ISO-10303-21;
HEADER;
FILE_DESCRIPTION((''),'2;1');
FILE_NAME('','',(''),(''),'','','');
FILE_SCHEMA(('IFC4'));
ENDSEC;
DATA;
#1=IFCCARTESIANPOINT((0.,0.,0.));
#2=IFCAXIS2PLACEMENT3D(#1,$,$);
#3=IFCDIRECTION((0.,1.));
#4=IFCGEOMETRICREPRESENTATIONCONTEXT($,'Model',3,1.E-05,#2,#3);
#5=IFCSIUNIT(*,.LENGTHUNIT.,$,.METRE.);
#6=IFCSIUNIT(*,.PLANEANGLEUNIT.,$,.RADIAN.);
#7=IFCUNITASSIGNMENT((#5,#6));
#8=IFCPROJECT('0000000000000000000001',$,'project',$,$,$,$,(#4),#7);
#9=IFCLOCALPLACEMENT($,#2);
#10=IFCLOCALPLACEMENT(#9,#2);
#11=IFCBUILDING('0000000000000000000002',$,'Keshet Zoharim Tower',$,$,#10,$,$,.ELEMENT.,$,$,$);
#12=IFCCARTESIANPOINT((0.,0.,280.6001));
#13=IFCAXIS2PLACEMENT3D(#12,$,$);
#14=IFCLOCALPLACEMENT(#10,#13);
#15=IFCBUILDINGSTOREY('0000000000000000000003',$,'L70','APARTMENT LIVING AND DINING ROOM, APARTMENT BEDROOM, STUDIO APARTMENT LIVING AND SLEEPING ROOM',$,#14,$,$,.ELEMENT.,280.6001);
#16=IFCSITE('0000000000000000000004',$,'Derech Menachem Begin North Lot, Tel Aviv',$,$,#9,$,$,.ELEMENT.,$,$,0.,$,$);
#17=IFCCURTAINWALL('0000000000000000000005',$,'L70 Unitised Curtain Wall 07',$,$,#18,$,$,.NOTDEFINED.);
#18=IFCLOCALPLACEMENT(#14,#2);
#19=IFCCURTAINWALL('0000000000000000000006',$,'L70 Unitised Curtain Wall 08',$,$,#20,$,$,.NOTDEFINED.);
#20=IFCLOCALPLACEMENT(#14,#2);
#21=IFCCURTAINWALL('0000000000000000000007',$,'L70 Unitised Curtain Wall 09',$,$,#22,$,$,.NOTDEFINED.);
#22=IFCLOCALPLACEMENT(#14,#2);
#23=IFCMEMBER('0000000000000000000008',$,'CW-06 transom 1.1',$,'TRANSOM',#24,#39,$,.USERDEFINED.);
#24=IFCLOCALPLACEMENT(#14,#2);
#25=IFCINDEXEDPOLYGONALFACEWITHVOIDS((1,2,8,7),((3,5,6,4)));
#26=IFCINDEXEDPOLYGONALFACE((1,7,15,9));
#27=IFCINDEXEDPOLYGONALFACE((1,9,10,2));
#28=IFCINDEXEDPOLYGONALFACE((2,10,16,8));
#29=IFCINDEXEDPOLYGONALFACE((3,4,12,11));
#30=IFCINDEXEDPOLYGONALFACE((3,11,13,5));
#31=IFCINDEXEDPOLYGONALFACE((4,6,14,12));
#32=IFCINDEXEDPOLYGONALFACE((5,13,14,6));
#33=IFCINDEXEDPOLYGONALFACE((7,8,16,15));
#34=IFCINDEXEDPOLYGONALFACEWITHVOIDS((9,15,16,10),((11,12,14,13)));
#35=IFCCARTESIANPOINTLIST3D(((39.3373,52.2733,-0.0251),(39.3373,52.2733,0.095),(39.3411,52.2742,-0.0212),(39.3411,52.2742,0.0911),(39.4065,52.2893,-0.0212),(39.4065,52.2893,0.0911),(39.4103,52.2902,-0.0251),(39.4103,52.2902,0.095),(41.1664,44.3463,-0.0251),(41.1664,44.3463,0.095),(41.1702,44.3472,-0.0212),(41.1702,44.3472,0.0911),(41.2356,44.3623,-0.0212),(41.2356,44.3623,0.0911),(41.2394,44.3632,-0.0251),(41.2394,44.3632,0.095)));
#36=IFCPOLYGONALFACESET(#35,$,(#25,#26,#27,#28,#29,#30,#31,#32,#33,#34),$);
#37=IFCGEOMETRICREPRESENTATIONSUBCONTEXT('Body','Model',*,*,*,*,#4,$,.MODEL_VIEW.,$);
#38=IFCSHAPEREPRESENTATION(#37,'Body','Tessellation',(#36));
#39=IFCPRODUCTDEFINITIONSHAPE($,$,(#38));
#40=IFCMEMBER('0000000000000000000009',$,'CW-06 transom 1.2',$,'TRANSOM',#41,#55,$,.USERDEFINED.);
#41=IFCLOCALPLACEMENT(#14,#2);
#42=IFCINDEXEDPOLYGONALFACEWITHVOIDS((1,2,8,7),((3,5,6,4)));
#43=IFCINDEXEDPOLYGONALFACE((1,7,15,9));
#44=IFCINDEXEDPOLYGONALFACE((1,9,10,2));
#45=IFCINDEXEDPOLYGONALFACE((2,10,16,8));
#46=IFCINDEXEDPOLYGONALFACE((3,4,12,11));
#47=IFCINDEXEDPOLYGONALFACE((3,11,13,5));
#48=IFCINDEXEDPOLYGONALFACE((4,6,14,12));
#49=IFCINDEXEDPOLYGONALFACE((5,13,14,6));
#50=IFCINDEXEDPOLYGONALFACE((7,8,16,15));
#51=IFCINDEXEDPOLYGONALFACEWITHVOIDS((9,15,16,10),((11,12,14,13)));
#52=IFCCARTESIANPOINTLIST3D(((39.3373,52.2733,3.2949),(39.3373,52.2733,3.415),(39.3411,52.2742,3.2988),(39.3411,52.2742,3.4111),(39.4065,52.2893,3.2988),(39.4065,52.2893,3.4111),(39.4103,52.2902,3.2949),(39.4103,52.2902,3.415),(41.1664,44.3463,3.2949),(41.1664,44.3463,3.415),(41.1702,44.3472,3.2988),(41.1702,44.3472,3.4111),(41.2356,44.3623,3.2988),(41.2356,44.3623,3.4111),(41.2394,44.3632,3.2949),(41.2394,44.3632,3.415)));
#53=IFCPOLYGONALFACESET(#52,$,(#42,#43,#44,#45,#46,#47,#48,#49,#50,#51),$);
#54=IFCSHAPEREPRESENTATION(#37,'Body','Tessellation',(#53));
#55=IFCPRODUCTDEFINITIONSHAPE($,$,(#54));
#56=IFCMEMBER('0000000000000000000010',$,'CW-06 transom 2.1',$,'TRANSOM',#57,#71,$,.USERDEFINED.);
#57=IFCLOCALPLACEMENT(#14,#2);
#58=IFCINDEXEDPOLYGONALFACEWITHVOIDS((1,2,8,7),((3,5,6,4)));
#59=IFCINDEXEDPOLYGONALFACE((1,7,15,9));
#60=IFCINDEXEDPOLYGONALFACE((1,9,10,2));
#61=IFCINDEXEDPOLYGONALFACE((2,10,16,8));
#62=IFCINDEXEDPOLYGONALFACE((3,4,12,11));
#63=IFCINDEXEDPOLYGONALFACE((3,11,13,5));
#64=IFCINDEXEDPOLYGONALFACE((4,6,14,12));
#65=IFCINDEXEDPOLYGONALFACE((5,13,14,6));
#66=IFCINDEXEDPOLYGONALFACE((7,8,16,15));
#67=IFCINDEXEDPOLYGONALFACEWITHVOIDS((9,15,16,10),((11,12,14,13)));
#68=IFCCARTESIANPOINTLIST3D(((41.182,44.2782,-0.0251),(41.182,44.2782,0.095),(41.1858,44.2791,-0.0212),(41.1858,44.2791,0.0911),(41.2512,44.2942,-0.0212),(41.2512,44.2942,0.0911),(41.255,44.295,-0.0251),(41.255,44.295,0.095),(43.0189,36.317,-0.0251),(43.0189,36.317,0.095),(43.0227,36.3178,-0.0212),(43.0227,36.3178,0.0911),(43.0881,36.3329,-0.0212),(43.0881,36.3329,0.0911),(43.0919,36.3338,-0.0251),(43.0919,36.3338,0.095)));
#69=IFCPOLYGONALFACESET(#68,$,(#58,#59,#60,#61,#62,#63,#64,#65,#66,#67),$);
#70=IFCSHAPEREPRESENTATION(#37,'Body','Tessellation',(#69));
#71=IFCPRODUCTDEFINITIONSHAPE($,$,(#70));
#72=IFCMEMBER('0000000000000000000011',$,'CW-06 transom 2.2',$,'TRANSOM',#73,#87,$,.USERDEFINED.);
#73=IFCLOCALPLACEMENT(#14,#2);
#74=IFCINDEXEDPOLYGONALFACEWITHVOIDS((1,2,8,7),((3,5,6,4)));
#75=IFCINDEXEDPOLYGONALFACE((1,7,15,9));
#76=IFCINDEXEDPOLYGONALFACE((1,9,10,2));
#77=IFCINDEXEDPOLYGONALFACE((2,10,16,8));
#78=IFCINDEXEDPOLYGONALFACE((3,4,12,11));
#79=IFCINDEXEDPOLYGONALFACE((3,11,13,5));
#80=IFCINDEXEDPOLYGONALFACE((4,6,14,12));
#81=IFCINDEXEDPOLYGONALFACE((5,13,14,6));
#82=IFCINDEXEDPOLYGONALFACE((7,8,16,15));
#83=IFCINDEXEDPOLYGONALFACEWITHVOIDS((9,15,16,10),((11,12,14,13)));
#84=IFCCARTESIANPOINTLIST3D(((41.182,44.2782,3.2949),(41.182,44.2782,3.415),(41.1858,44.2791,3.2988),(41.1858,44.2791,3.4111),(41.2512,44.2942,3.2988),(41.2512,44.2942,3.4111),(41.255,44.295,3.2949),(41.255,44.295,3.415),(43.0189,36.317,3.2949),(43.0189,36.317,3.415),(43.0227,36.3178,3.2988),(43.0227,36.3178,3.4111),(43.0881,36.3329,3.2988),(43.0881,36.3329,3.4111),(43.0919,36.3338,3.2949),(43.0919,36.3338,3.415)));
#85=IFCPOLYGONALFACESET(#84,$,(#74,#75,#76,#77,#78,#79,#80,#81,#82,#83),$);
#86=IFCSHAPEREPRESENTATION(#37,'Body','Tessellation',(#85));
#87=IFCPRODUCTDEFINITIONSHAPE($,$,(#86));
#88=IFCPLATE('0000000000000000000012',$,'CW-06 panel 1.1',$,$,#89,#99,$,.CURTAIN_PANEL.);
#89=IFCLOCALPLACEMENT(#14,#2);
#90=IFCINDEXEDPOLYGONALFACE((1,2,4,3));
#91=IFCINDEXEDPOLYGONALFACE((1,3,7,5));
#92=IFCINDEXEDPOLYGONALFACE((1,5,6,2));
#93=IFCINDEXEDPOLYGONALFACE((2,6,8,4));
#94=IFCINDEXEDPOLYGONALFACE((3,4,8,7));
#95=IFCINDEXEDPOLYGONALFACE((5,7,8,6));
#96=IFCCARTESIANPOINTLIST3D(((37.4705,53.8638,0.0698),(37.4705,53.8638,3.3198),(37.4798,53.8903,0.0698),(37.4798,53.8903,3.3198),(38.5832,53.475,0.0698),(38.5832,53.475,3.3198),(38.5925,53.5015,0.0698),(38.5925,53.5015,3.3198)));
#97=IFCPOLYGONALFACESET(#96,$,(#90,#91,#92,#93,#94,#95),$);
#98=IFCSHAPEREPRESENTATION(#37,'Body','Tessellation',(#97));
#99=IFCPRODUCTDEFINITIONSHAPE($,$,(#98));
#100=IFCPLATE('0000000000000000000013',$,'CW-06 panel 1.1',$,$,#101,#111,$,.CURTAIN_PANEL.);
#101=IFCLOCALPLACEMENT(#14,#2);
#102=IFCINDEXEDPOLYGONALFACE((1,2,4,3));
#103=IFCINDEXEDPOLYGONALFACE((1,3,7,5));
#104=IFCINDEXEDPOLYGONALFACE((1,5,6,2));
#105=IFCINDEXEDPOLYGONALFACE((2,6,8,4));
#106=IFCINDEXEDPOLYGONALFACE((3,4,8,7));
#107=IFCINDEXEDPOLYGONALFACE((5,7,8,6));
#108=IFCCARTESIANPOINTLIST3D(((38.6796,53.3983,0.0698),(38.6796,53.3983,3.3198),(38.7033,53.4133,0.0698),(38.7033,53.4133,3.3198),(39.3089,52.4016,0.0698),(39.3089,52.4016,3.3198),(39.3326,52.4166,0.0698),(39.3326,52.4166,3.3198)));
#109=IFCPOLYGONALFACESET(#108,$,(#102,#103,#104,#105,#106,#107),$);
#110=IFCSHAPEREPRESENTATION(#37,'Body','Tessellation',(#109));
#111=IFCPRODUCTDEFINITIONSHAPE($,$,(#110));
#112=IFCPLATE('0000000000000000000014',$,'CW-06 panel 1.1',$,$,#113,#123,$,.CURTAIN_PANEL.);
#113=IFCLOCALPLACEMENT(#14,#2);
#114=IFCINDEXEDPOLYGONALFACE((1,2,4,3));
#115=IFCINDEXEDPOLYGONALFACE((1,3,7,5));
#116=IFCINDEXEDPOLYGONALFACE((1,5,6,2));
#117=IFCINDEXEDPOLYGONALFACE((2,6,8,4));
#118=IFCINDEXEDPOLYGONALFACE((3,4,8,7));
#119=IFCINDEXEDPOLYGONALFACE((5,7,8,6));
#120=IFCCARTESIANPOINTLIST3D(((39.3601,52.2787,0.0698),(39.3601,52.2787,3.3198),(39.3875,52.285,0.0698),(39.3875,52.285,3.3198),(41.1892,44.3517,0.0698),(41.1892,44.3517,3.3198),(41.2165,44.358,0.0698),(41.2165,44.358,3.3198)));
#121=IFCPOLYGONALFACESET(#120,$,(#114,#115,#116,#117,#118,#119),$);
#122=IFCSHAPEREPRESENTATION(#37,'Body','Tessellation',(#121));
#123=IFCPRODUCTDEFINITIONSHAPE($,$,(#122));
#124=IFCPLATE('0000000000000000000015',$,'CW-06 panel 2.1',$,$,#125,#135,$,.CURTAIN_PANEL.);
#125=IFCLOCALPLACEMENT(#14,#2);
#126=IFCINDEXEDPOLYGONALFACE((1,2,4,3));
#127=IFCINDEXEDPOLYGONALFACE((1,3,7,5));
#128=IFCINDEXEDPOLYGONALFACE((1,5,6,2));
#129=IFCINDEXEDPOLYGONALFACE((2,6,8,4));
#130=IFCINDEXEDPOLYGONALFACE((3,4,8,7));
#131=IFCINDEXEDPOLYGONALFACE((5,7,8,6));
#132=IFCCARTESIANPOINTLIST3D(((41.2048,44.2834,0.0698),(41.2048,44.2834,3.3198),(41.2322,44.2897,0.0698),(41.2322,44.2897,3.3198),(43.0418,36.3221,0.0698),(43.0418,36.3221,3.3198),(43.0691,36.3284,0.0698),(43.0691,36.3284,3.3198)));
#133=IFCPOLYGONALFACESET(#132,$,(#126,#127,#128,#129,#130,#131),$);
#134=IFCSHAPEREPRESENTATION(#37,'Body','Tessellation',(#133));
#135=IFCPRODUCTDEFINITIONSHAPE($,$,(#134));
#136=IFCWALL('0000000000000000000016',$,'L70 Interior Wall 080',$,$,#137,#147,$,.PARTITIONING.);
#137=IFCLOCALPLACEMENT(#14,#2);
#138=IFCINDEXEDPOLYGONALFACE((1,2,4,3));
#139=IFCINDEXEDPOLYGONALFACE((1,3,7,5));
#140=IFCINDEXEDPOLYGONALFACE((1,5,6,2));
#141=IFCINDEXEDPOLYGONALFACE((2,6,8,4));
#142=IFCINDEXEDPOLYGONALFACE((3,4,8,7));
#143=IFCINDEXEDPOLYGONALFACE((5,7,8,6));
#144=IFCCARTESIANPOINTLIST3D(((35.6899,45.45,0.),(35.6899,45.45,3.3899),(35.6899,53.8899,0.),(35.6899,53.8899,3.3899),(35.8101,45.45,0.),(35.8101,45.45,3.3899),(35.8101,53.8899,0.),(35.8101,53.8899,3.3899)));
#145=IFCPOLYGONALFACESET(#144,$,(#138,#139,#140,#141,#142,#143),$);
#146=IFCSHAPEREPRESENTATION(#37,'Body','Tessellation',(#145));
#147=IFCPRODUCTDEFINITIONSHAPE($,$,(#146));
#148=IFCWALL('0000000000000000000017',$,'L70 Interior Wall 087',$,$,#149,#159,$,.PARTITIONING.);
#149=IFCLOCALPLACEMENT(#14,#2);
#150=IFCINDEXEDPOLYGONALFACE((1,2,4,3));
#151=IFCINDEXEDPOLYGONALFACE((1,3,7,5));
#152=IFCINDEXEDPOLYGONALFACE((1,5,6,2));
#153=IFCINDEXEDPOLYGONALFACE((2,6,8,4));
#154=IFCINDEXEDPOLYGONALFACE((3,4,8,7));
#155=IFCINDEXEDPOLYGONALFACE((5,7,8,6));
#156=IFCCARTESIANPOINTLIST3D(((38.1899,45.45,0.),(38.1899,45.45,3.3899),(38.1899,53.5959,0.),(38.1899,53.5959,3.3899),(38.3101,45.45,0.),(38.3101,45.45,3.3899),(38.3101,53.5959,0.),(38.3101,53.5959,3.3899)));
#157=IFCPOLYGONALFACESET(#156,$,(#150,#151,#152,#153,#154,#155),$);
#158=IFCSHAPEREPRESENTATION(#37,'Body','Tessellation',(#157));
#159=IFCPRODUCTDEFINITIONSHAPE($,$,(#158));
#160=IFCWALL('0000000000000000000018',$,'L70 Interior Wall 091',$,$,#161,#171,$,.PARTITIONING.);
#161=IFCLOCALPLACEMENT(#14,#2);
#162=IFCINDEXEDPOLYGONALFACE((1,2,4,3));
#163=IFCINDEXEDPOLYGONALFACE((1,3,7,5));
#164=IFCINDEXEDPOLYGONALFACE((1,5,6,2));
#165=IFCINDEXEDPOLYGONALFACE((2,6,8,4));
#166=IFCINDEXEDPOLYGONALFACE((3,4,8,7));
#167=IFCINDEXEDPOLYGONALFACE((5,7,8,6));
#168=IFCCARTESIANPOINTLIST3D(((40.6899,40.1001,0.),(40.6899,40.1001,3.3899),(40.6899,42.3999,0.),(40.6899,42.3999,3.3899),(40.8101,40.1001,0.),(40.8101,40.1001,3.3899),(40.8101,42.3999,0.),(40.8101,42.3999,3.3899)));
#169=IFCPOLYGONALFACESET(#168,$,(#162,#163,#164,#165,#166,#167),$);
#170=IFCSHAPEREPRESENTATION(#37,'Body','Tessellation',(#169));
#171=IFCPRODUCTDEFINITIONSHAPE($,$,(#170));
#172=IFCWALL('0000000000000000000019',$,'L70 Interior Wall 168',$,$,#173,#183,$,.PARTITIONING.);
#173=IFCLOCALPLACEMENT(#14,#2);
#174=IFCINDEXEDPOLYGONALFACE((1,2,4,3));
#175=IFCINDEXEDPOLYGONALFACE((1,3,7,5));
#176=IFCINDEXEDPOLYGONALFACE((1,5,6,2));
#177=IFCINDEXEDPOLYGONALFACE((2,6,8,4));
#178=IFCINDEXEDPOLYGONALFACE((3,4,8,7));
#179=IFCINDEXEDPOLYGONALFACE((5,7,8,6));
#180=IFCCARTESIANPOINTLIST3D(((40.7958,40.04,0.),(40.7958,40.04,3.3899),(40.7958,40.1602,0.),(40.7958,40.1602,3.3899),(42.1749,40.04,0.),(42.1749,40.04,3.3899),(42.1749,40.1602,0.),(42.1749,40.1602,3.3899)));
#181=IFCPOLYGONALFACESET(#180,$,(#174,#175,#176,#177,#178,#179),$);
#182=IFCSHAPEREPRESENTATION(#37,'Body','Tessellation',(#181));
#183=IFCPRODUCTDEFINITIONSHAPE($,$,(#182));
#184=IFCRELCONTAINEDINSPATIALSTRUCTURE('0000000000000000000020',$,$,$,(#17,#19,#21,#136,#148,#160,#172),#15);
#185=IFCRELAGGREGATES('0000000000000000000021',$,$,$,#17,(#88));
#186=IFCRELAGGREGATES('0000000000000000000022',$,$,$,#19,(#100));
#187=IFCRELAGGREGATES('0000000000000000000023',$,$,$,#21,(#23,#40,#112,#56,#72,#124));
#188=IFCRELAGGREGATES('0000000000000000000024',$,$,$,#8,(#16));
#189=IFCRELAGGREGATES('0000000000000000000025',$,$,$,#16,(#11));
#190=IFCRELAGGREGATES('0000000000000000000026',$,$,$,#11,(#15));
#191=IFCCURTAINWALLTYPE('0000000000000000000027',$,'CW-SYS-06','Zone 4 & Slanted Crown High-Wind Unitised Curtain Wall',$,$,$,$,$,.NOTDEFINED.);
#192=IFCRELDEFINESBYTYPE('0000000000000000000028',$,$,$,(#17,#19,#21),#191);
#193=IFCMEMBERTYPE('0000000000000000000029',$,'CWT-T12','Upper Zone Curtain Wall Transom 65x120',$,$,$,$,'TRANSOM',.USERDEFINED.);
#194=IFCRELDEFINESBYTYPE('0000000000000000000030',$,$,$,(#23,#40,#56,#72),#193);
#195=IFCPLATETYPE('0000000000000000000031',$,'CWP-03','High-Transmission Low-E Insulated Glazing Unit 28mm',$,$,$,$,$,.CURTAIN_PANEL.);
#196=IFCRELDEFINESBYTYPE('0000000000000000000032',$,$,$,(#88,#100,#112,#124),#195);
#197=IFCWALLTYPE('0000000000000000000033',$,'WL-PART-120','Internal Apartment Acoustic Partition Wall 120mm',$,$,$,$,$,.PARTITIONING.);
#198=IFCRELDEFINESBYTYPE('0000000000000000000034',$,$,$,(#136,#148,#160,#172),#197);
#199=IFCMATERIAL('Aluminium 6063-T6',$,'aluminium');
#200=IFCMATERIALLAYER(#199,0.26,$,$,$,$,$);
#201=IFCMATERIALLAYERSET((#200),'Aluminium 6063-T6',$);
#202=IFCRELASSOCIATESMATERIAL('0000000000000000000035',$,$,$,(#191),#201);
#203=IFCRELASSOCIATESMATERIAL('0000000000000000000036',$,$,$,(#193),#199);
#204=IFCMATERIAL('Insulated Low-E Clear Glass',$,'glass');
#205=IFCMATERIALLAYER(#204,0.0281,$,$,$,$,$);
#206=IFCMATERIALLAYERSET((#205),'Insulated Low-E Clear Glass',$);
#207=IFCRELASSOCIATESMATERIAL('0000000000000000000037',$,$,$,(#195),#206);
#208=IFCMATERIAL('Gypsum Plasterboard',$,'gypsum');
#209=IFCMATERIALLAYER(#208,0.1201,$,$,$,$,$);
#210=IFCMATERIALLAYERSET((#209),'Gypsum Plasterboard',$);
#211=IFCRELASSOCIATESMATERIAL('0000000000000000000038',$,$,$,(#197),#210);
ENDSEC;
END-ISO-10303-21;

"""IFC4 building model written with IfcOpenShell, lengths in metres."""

from ifc_helpers import new_model, si_unit, direction, frame, frame_2d, origin, origin_2d, place, context, subcontext, project, spatial, rectangle, hollow_rectangle, extrude, material, layer, layer_set, material_profile, profile_set, type_object, element, aggregate, save


model = new_model("IFC4")

# Units and contexts
model_context = context("Model", 3, precision=1e-05, world=origin(), true_north=direction((0.0, 1.0)))
body_context = subcontext(model_context, "Body", "Model", "MODEL_VIEW")
ifc_project = project(units=[si_unit("LENGTHUNIT", "METRE"), si_unit("PLANEANGLEUNIT", "RADIAN")], contexts=[model_context])

# Site, building, storey
site_placement = place(None, origin())
site = spatial("IfcSite", under=ifc_project, at=site_placement, Name="Derech Menachem Begin North Lot, Tel Aviv", CompositionType="ELEMENT", RefElevation=0.0)
building_placement = place(site_placement, origin())
building = spatial("IfcBuilding", under=site, at=building_placement, Name="Keshet Zoharim Tower", CompositionType="ELEMENT")
storey_placement = place(building_placement, frame((0.0, 0.0, 280.6001)))
storey = spatial("IfcBuildingStorey", under=building, at=storey_placement, Name="L70", Description="APARTMENT LIVING AND DINING ROOM, APARTMENT BEDROOM, STUDIO APARTMENT LIVING AND SLEEPING ROOM", CompositionType="ELEMENT", Elevation=280.6001)

# Shared definitions
ifc_material_1 = material(Name="Aluminium 6063-T6", Category="aluminium")
ifc_layer_1 = layer(ifc_material_1, 0.26)
ifc_layer_set_1 = layer_set([ifc_layer_1], Name="Aluminium 6063-T6")
curtain_wall_type = type_object("IfcCurtainWallType", Name="CW-SYS-06", Description="Zone 4 & Slanted Crown High-Wind Unitised Curtain Wall", PredefinedType="NOTDEFINED", material=ifc_layer_set_1)

# Curtain walls
curtain_wall_1_placement = place(storey_placement, origin())
curtain_wall_1 = element("IfcCurtainWall", 1, at=curtain_wall_1_placement, inside=storey, type_object=curtain_wall_type, Name="L70 Unitised Curtain Wall 07", PredefinedType="NOTDEFINED")
curtain_wall_2_placement = place(storey_placement, origin())
curtain_wall_2 = element("IfcCurtainWall", 2, at=curtain_wall_2_placement, inside=storey, type_object=curtain_wall_type, Name="L70 Unitised Curtain Wall 08", PredefinedType="NOTDEFINED")
curtain_wall_3_placement = place(storey_placement, origin())
curtain_wall_3 = element("IfcCurtainWall", 3, at=curtain_wall_3_placement, inside=storey, type_object=curtain_wall_type, Name="L70 Unitised Curtain Wall 09", PredefinedType="NOTDEFINED")

# Members
ifc_material_profile_1 = material_profile(ifc_material_1, hollow_rectangle(XDim=0.075, YDim=0.1201, WallThickness=0.0039, at=origin_2d()), Name="TRN-75x120")
ifc_profile_set_1 = profile_set([ifc_material_profile_1], Name="Aluminium 6063-T6")
member_type_1 = type_object("IfcMemberType", Name="CWT-T12", Description="Upper Zone Curtain Wall Transom 65x120", ElementType="TRANSOM", PredefinedType="USERDEFINED", material=ifc_profile_set_1)
member_1_placement = place(storey_placement, frame((39.3738, 52.2817, 0.0349), z_axis=(0.224835, -0.974397, 0.0), x_axis=(0.974397, 0.224835, 0.0)))
member_1 = element("IfcMember", 4, at=member_1_placement, type_object=member_type_1, Name="CW-06 transom 1.1", ObjectType="TRANSOM", PredefinedType="USERDEFINED", context=body_context, shape_type="SweptSolid", body=[
    extrude(hollow_rectangle(XDim=0.075, YDim=0.1201, WallThickness=0.0039, at=origin_2d()), origin(), (0.0, 0.0, 1.0), 8.1353),
])
member_2_placement = place(storey_placement, frame((39.3738, 52.2817, 3.355), z_axis=(0.224835, -0.974397, 0.0), x_axis=(0.974397, 0.224835, 0.0)))
member_2 = element("IfcMember", 5, at=member_2_placement, type_object=member_type_1, Name="CW-06 transom 1.2", ObjectType="TRANSOM", PredefinedType="USERDEFINED", context=body_context, shape_type="SweptSolid", body=[
    extrude(hollow_rectangle(XDim=0.075, YDim=0.1201, WallThickness=0.0039, at=origin_2d()), origin(), (0.0, 0.0, 1.0), 8.1353),
])
member_3_placement = place(storey_placement, frame((41.2185, 44.2866, 0.0349), z_axis=(0.224827, -0.974399, 0.0), x_axis=(0.974399, 0.224827, 0.0)))
member_3 = element("IfcMember", 6, at=member_3_placement, type_object=member_type_1, Name="CW-06 transom 2.1", ObjectType="TRANSOM", PredefinedType="USERDEFINED", context=body_context, shape_type="SweptSolid", body=[
    extrude(hollow_rectangle(XDim=0.075, YDim=0.1201, WallThickness=0.0039, at=origin_2d()), origin(), (0.0, 0.0, 1.0), 8.1704),
])
member_4_placement = place(storey_placement, frame((41.2185, 44.2866, 3.355), z_axis=(0.224827, -0.974399, 0.0), x_axis=(0.974399, 0.224827, 0.0)))
member_4 = element("IfcMember", 7, at=member_4_placement, type_object=member_type_1, Name="CW-06 transom 2.2", ObjectType="TRANSOM", PredefinedType="USERDEFINED", context=body_context, shape_type="SweptSolid", body=[
    extrude(hollow_rectangle(XDim=0.075, YDim=0.1201, WallThickness=0.0039, at=origin_2d()), origin(), (0.0, 0.0, 1.0), 8.1704),
])

# Plates
ifc_material_2 = material(Name="Insulated Low-E Clear Glass", Category="glass")
ifc_layer_2 = layer(ifc_material_2, 0.0281)
ifc_layer_set_2 = layer_set([ifc_layer_2], Name="Insulated Low-E Clear Glass")
plate_type = type_object("IfcPlateType", Name="CWP-03", Description="High-Transmission Low-E Insulated Glazing Unit 28mm", PredefinedType="CURTAIN_PANEL", material=ifc_layer_set_2)
plate_1_placement = place(storey_placement, frame((38.0315, 53.6826, 0.0698), z_axis=(0.0, 0.0, 1.0), x_axis=(0.944036, -0.329844, 0.0)))
plate_1 = element("IfcPlate", 8, at=plate_1_placement, type_object=plate_type, Name="CW-06 panel 1.1", PredefinedType="CURTAIN_PANEL", context=body_context, shape_type="SweptSolid", body=[
    extrude(rectangle(XDim=1.1787, YDim=0.0281, at=origin_2d()), origin(), (0.0, 0.0, 1.0), 3.25),
])
aggregate(curtain_wall_1, [plate_1])
plate_2_placement = place(storey_placement, frame((39.0061, 52.9075, 0.0698), z_axis=(0.0, 0.0, 1.0), x_axis=(0.533879, -0.845561, 0.0)))
plate_2 = element("IfcPlate", 9, at=plate_2_placement, type_object=plate_type, Name="CW-06 panel 1.1", PredefinedType="CURTAIN_PANEL", context=body_context, shape_type="SweptSolid", body=[
    extrude(rectangle(XDim=1.1787, YDim=0.0281, at=origin_2d()), origin(), (0.0, 0.0, 1.0), 3.25),
])
aggregate(curtain_wall_2, [plate_2])
plate_3_placement = place(storey_placement, frame((40.2883, 48.3184, 0.0698), z_axis=(0.0, 0.0, 1.0), x_axis=(0.22483, -0.974398, 0.0)))
plate_3 = element("IfcPlate", 10, at=plate_3_placement, type_object=plate_type, Name="CW-06 panel 1.1", PredefinedType="CURTAIN_PANEL", context=body_context, shape_type="SweptSolid", body=[
    extrude(rectangle(XDim=8.1353, YDim=0.0281, at=origin_2d()), origin(), (0.0, 0.0, 1.0), 3.25),
])
plate_4_placement = place(storey_placement, frame((42.137, 40.3059, 0.0698), z_axis=(0.0, 0.0, 1.0), x_axis=(0.22483, -0.974398, 0.0)))
plate_4 = element("IfcPlate", 11, at=plate_4_placement, type_object=plate_type, Name="CW-06 panel 2.1", PredefinedType="CURTAIN_PANEL", context=body_context, shape_type="SweptSolid", body=[
    extrude(rectangle(XDim=8.1704, YDim=0.0281, at=origin_2d()), origin(), (0.0, 0.0, 1.0), 3.25),
])
aggregate(curtain_wall_3, [member_1, member_2, plate_3, member_3, member_4, plate_4])

# Walls
ifc_material_3 = material(Name="Gypsum Plasterboard", Category="gypsum")
ifc_layer_3 = layer(ifc_material_3, 0.1201)
ifc_layer_set_3 = layer_set([ifc_layer_3], Name="Gypsum Plasterboard")
wall_type = type_object("IfcWallType", Name="WL-PART-120", Description="Internal Apartment Acoustic Partition Wall 120mm", PredefinedType="PARTITIONING", material=ifc_layer_set_3)
wall_1_placement = place(storey_placement, frame((35.75, 45.45, 0.0), z_axis=(0.0, 0.0, 1.0), x_axis=(0.0, 1.0, 0.0)))
element("IfcWall", 12, at=wall_1_placement, inside=storey, type_object=wall_type, Name="L70 Interior Wall 080", PredefinedType="PARTITIONING", context=body_context, shape_type="SweptSolid", body=[
    extrude(rectangle(XDim=8.4399, YDim=0.1201, at=frame_2d((4.22, 0.0))), origin(), (0.0, 0.0, 1.0), 3.3899),
])
wall_2_placement = place(storey_placement, frame((38.25, 45.45, 0.0), z_axis=(0.0, 0.0, 1.0), x_axis=(0.0, 1.0, 0.0)))
element("IfcWall", 13, at=wall_2_placement, inside=storey, type_object=wall_type, Name="L70 Interior Wall 087", PredefinedType="PARTITIONING", context=body_context, shape_type="SweptSolid", body=[
    extrude(rectangle(XDim=8.146, YDim=0.1201, at=frame_2d((4.073, 0.0))), origin(), (0.0, 0.0, 1.0), 3.3899),
])
wall_3_placement = place(storey_placement, frame((40.75, 40.1001, 0.0), z_axis=(0.0, 0.0, 1.0), x_axis=(0.0, 1.0, 0.0)))
element("IfcWall", 14, at=wall_3_placement, inside=storey, type_object=wall_type, Name="L70 Interior Wall 091", PredefinedType="PARTITIONING", context=body_context, shape_type="SweptSolid", body=[
    extrude(rectangle(XDim=2.2998, YDim=0.1201, at=frame_2d((1.1499, 0.0))), origin(), (0.0, 0.0, 1.0), 3.3899),
])
wall_4_placement = place(storey_placement, frame((40.7959, 40.1001, 0.0), z_axis=(0.0, 0.0, 1.0), x_axis=(1.0, 0.0, 0.0)))
element("IfcWall", 15, at=wall_4_placement, inside=storey, type_object=wall_type, Name="L70 Interior Wall 168", PredefinedType="PARTITIONING", context=body_context, shape_type="SweptSolid", body=[
    extrude(rectangle(XDim=1.3792, YDim=0.1201, at=frame_2d((0.6895, 0.0))), origin(), (0.0, 0.0, 1.0), 3.3899),
])

save(model, "model.ifc")
